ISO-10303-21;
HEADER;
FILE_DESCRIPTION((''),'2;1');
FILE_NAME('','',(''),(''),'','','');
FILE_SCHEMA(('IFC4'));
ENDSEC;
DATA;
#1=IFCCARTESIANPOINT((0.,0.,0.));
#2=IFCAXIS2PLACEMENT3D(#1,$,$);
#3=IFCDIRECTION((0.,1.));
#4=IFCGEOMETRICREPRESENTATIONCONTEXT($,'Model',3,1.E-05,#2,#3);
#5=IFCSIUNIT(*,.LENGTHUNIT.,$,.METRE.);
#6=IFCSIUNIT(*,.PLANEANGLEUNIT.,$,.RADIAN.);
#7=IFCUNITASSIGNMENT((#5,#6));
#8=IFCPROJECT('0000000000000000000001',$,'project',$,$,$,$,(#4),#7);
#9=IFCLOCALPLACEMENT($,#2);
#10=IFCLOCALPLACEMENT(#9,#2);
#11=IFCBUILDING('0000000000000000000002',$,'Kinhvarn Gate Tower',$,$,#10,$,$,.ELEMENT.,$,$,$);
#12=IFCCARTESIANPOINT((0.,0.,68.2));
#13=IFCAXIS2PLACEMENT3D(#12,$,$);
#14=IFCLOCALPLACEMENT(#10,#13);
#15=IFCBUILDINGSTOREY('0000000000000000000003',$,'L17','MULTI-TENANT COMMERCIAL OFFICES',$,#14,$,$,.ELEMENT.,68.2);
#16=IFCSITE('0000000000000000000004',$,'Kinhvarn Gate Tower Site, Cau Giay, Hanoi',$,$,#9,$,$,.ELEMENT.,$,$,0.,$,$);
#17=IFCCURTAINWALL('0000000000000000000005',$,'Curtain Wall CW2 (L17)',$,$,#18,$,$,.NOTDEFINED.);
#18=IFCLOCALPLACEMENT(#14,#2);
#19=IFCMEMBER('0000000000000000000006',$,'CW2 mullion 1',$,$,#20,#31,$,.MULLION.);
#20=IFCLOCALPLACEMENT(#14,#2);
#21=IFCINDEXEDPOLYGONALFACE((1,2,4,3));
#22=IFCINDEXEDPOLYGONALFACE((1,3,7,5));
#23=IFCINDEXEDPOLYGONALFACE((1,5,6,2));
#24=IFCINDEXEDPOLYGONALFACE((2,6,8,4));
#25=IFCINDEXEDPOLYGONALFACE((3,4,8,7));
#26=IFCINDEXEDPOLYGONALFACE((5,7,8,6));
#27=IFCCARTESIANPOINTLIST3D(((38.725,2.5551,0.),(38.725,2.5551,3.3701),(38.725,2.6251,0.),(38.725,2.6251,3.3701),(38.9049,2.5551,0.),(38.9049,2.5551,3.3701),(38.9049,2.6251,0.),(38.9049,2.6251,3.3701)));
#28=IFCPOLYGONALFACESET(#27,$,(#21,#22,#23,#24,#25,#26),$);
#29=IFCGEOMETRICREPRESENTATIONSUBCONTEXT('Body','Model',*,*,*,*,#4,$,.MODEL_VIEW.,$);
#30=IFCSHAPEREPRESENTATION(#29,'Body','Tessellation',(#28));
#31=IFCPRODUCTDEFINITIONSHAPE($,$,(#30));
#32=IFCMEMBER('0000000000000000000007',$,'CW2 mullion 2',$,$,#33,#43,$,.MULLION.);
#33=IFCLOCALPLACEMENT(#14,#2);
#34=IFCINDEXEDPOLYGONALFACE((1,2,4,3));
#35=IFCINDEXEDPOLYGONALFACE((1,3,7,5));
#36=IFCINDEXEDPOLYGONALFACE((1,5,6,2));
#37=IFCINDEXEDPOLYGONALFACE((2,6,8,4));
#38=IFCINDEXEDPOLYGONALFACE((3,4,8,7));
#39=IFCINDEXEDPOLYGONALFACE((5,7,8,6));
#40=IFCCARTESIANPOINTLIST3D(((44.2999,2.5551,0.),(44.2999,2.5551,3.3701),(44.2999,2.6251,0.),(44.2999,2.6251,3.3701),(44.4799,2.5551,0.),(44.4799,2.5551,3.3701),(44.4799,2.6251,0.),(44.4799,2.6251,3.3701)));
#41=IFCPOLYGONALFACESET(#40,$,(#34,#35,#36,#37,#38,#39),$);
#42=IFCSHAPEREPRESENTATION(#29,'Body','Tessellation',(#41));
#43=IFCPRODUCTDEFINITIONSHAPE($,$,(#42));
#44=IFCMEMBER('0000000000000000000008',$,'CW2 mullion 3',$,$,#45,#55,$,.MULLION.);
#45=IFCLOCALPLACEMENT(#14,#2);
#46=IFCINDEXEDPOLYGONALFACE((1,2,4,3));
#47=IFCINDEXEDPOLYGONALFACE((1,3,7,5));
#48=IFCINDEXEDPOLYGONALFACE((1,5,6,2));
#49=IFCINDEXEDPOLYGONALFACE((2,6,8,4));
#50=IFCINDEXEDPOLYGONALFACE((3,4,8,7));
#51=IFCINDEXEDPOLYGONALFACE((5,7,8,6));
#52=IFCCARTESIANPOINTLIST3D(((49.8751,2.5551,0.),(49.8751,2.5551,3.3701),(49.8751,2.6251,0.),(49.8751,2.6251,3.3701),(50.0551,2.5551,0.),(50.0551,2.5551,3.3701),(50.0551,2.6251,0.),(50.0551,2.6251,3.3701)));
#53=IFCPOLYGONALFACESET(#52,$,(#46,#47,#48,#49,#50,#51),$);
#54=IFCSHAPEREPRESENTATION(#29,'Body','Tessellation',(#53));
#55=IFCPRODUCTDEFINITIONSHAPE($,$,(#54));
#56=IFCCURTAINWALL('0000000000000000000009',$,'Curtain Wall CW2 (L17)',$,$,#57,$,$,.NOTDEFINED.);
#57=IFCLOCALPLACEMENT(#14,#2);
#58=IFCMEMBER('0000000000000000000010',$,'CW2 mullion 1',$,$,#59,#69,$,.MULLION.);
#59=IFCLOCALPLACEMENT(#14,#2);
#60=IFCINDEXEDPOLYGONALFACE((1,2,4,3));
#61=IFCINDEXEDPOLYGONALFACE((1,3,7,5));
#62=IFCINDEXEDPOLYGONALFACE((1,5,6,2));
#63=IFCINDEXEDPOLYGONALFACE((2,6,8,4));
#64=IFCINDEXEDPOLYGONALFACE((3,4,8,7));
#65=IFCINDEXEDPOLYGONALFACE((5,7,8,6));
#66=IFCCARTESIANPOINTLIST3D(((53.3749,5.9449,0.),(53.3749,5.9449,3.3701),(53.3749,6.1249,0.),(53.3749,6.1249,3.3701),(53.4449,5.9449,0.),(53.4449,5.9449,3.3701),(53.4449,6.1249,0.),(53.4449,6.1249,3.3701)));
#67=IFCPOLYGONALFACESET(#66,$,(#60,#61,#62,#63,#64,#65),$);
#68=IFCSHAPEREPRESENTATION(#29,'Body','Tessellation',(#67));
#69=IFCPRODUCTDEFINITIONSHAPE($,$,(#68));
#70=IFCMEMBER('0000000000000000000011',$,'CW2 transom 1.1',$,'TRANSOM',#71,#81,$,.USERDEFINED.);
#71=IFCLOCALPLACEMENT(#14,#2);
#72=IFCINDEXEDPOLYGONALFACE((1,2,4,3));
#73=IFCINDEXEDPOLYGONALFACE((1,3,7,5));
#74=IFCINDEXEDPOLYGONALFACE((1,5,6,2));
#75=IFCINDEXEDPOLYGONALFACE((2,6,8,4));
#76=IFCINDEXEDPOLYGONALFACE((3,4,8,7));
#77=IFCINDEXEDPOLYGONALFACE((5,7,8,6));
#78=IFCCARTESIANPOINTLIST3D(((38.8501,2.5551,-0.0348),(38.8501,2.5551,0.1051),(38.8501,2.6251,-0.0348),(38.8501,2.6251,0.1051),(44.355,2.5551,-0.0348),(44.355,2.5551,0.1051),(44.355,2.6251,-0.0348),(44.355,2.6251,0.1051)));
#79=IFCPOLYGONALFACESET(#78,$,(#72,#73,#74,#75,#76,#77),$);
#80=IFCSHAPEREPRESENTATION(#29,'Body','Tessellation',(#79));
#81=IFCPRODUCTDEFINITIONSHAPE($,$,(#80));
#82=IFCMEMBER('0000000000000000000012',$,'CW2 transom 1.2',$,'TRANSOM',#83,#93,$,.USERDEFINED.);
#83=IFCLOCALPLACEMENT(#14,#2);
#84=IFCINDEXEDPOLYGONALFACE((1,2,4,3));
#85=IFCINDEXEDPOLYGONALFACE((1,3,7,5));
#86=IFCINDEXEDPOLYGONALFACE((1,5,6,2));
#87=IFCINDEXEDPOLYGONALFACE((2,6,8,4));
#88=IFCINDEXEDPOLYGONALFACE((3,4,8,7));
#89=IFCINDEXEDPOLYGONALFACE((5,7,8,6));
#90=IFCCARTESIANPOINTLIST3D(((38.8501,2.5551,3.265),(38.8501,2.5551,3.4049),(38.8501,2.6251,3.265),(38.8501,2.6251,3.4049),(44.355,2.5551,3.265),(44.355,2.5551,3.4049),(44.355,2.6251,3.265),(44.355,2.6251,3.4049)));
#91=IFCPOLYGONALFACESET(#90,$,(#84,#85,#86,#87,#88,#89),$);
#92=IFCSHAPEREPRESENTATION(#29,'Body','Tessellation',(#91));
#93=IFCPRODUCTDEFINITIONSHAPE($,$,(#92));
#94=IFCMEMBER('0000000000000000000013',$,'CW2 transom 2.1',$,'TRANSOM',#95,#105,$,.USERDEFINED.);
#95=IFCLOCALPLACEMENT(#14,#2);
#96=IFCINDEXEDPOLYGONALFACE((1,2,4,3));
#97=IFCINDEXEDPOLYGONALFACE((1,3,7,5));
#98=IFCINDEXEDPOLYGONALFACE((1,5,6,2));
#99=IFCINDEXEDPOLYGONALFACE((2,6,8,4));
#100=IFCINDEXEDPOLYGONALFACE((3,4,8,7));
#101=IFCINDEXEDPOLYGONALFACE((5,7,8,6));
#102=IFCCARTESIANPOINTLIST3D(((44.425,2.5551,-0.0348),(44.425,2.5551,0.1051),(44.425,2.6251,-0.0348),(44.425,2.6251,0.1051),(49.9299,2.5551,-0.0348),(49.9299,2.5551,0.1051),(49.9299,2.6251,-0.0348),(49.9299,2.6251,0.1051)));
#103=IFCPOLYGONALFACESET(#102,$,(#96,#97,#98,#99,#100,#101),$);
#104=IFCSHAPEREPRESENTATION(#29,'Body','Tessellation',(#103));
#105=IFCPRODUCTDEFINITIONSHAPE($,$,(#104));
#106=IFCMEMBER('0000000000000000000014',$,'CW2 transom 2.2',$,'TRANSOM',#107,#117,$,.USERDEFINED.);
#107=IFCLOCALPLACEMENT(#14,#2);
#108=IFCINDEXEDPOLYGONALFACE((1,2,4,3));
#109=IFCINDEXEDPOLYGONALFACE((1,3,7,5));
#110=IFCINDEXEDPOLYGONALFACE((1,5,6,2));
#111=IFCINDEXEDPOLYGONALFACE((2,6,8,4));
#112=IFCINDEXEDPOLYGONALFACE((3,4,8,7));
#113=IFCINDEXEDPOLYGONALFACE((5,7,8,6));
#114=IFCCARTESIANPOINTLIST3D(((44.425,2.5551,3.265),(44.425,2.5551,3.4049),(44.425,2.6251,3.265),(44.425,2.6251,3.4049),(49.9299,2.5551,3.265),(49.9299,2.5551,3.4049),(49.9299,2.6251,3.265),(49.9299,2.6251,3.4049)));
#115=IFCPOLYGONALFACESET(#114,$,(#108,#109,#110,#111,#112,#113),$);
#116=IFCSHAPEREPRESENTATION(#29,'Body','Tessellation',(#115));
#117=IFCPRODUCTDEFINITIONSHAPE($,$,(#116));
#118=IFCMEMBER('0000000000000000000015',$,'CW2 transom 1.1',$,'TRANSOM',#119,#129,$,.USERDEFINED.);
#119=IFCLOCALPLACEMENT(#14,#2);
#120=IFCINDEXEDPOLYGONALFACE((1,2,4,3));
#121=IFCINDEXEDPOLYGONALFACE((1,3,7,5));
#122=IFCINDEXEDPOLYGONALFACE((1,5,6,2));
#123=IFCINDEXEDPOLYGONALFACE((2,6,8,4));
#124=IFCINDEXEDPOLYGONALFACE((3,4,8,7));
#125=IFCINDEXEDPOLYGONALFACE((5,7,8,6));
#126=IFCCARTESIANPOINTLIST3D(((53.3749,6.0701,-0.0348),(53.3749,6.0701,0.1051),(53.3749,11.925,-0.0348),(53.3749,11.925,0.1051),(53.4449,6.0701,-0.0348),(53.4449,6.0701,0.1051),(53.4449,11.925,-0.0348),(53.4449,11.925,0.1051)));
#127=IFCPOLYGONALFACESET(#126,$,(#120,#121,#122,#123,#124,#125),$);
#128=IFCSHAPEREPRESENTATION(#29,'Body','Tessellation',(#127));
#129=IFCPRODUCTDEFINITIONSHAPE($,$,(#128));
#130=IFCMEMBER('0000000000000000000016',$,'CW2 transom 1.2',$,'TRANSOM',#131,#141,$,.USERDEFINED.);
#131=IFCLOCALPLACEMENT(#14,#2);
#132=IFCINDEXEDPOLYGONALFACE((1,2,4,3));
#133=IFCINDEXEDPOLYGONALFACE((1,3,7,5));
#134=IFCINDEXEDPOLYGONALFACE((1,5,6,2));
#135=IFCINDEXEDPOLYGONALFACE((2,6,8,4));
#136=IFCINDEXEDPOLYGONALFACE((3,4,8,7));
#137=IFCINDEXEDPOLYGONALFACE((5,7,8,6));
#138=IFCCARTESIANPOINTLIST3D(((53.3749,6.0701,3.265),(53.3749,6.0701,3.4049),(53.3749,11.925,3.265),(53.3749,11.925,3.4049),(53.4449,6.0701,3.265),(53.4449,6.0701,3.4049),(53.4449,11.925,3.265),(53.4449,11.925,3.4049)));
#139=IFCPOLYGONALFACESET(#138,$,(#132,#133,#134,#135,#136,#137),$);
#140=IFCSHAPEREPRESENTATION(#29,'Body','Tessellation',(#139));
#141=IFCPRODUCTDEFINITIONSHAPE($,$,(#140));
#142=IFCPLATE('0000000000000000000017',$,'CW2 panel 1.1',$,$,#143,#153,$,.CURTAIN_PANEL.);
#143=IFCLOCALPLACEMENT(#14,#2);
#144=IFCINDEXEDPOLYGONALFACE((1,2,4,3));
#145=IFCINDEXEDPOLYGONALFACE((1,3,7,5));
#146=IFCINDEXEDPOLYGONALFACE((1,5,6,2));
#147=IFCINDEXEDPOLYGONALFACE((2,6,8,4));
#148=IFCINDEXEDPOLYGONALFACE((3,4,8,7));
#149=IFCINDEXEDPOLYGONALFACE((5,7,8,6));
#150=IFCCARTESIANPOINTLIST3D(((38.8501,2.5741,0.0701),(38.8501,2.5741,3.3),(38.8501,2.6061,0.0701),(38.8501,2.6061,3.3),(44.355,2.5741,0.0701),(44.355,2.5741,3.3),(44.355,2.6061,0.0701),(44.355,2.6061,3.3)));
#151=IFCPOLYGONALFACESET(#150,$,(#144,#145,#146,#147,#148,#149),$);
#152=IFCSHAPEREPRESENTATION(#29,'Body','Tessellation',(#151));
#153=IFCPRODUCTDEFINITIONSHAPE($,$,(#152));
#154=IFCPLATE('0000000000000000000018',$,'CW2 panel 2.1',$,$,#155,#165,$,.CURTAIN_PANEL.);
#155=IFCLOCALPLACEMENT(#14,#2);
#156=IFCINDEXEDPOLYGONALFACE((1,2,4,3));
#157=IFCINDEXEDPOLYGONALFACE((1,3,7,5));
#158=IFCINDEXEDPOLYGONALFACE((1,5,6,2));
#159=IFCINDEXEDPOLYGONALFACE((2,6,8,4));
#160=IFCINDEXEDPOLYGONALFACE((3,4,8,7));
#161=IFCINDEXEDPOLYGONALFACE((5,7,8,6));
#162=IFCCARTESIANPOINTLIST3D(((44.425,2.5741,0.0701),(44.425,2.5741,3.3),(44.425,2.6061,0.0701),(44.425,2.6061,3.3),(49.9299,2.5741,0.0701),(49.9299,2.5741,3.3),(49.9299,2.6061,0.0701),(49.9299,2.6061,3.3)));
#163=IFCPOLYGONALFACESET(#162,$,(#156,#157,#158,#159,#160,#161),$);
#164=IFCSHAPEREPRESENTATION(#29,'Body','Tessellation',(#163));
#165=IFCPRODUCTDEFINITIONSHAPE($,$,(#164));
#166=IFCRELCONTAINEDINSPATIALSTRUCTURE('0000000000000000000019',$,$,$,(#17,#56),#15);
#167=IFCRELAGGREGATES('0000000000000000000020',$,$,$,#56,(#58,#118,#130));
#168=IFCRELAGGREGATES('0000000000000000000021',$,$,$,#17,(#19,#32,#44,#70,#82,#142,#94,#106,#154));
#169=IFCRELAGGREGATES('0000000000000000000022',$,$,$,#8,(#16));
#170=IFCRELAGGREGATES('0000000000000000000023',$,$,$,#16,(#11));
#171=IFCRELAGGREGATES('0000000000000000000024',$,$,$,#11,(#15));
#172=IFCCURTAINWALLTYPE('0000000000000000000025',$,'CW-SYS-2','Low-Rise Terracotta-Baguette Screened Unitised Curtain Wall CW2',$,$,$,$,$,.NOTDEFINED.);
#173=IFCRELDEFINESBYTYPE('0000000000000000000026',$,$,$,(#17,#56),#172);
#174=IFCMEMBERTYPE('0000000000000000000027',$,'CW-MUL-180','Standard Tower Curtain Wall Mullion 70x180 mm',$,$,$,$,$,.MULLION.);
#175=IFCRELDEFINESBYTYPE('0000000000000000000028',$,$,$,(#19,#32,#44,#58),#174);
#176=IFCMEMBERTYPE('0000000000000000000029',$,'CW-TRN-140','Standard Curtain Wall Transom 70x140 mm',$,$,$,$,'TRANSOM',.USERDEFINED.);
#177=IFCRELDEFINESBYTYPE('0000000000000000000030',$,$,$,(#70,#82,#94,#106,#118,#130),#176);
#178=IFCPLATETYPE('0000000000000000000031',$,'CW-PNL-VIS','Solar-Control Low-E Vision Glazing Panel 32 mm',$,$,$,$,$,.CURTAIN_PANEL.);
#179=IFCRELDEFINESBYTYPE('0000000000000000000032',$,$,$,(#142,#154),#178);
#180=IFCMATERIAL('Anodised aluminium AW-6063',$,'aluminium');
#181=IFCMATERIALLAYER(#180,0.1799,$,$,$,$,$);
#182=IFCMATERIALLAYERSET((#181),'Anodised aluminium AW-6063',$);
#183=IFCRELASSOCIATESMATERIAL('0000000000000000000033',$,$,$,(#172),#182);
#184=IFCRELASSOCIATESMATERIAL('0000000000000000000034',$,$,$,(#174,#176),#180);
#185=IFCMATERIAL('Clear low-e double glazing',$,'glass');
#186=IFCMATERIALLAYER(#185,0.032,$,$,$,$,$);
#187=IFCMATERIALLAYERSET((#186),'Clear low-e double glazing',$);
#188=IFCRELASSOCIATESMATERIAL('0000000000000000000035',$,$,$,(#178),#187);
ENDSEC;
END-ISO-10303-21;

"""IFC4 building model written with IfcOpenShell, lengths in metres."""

from ifc_helpers import new_model, si_unit, direction, frame, origin, origin_2d, place, context, subcontext, project, spatial, rectangle, extrude, material, layer, layer_set, material_profile, profile_set, type_object, element, aggregate, save


model = new_model("IFC4")

# Units and contexts
model_context = context("Model", 3, precision=1e-05, world=origin(), true_north=direction((0.0, 1.0)))
body_context = subcontext(model_context, "Body", "Model", "MODEL_VIEW")
ifc_project = project(units=[si_unit("LENGTHUNIT", "METRE"), si_unit("PLANEANGLEUNIT", "RADIAN")], contexts=[model_context])

# Site, building, storey
site_placement = place(None, origin())
site = spatial("IfcSite", under=ifc_project, at=site_placement, Name="Kinhvarn Gate Tower Site, Cau Giay, Hanoi", CompositionType="ELEMENT", RefElevation=0.0)
building_placement = place(site_placement, origin())
building = spatial("IfcBuilding", under=site, at=building_placement, Name="Kinhvarn Gate Tower", CompositionType="ELEMENT")
storey_placement = place(building_placement, frame((0.0, 0.0, 68.2)))
storey = spatial("IfcBuildingStorey", under=building, at=storey_placement, Name="L17", Description="MULTI-TENANT COMMERCIAL OFFICES", CompositionType="ELEMENT", Elevation=68.2)

# Curtain wall, members
ifc_material_1 = material(Name="Anodised aluminium AW-6063", Category="aluminium")
ifc_layer_1 = layer(ifc_material_1, 0.1799)
ifc_layer_set_1 = layer_set([ifc_layer_1], Name="Anodised aluminium AW-6063")
curtain_wall_type = type_object("IfcCurtainWallType", Name="CW-SYS-2", Description="Low-Rise Terracotta-Baguette Screened Unitised Curtain Wall CW2", PredefinedType="NOTDEFINED", material=ifc_layer_set_1)
curtain_wall_1_placement = place(storey_placement, origin())
curtain_wall_1 = element("IfcCurtainWall", 1, at=curtain_wall_1_placement, inside=storey, type_object=curtain_wall_type, Name="Curtain Wall CW2 (L17)", PredefinedType="NOTDEFINED")
ifc_material_profile_1 = material_profile(ifc_material_1, rectangle(XDim=0.0701, YDim=0.1799, at=origin_2d()), Name="ALU 70x180")
ifc_profile_set_1 = profile_set([ifc_material_profile_1], Name="Anodised aluminium AW-6063")
member_type_1 = type_object("IfcMemberType", Name="CW-MUL-180", Description="Standard Tower Curtain Wall Mullion 70x180 mm", PredefinedType="MULLION", material=ifc_profile_set_1)
member_1_placement = place(storey_placement, frame((38.8149, 2.5901, 0.0), z_axis=(0.0, 0.0, 1.0), x_axis=(0.0, 1.0, 0.0)))
member_1 = element("IfcMember", 2, at=member_1_placement, type_object=member_type_1, Name="CW2 mullion 1", PredefinedType="MULLION", context=body_context, shape_type="SweptSolid", body=[
    extrude(rectangle(XDim=0.0701, YDim=0.1799, at=origin_2d()), origin(), (0.0, 0.0, 1.0), 3.3701),
])
member_2_placement = place(storey_placement, frame((44.3899, 2.5901, 0.0), z_axis=(0.0, 0.0, 1.0), x_axis=(0.0, 1.0, 0.0)))
member_2 = element("IfcMember", 3, at=member_2_placement, type_object=member_type_1, Name="CW2 mullion 2", PredefinedType="MULLION", context=body_context, shape_type="SweptSolid", body=[
    extrude(rectangle(XDim=0.0701, YDim=0.1799, at=origin_2d()), origin(), (0.0, 0.0, 1.0), 3.3701),
])
member_3_placement = place(storey_placement, frame((49.9651, 2.5901, 0.0), z_axis=(0.0, 0.0, 1.0), x_axis=(0.0, 1.0, 0.0)))
member_3 = element("IfcMember", 4, at=member_3_placement, type_object=member_type_1, Name="CW2 mullion 3", PredefinedType="MULLION", context=body_context, shape_type="SweptSolid", body=[
    extrude(rectangle(XDim=0.0701, YDim=0.1799, at=origin_2d()), origin(), (0.0, 0.0, 1.0), 3.3701),
])

# Curtain wall, member
curtain_wall_2_placement = place(storey_placement, origin())
curtain_wall_2 = element("IfcCurtainWall", 5, at=curtain_wall_2_placement, inside=storey, type_object=curtain_wall_type, Name="Curtain Wall CW2 (L17)", PredefinedType="NOTDEFINED")
member_4_placement = place(storey_placement, frame((53.4099, 6.0349, 0.0), z_axis=(0.0, 0.0, 1.0), x_axis=(-1.0, 0.0, 0.0)))
member_4 = element("IfcMember", 6, at=member_4_placement, type_object=member_type_1, Name="CW2 mullion 1", PredefinedType="MULLION", context=body_context, shape_type="SweptSolid", body=[
    extrude(rectangle(XDim=0.0701, YDim=0.1799, at=origin_2d()), origin(), (0.0, 0.0, 1.0), 3.3701),
])

# Members
ifc_material_profile_2 = material_profile(ifc_material_1, rectangle(XDim=0.0701, YDim=0.1399, at=origin_2d()), Name="ALU 70x140")
ifc_profile_set_2 = profile_set([ifc_material_profile_2], Name="Anodised aluminium AW-6063")
member_type_2 = type_object("IfcMemberType", Name="CW-TRN-140", Description="Standard Curtain Wall Transom 70x140 mm", ElementType="TRANSOM", PredefinedType="USERDEFINED", material=ifc_profile_set_2)
member_5_placement = place(storey_placement, frame((38.8501, 2.5901, 0.0352), z_axis=(1.0, 0.0, 0.0), x_axis=(0.0, 1.0, 0.0)))
member_5 = element("IfcMember", 7, at=member_5_placement, type_object=member_type_2, Name="CW2 transom 1.1", ObjectType="TRANSOM", PredefinedType="USERDEFINED", context=body_context, shape_type="SweptSolid", body=[
    extrude(rectangle(XDim=0.0701, YDim=0.1399, at=origin_2d()), origin(), (0.0, 0.0, 1.0), 5.5049),
])
member_6_placement = place(storey_placement, frame((38.8501, 2.5901, 3.335), z_axis=(1.0, 0.0, 0.0), x_axis=(0.0, 1.0, 0.0)))
member_6 = element("IfcMember", 8, at=member_6_placement, type_object=member_type_2, Name="CW2 transom 1.2", ObjectType="TRANSOM", PredefinedType="USERDEFINED", context=body_context, shape_type="SweptSolid", body=[
    extrude(rectangle(XDim=0.0701, YDim=0.1399, at=origin_2d()), origin(), (0.0, 0.0, 1.0), 5.5049),
])
member_7_placement = place(storey_placement, frame((44.425, 2.5901, 0.0352), z_axis=(1.0, 0.0, 0.0), x_axis=(0.0, 1.0, 0.0)))
member_7 = element("IfcMember", 9, at=member_7_placement, type_object=member_type_2, Name="CW2 transom 2.1", ObjectType="TRANSOM", PredefinedType="USERDEFINED", context=body_context, shape_type="SweptSolid", body=[
    extrude(rectangle(XDim=0.0701, YDim=0.1399, at=origin_2d()), origin(), (0.0, 0.0, 1.0), 5.5049),
])
member_8_placement = place(storey_placement, frame((44.425, 2.5901, 3.335), z_axis=(1.0, 0.0, 0.0), x_axis=(0.0, 1.0, 0.0)))
member_8 = element("IfcMember", 10, at=member_8_placement, type_object=member_type_2, Name="CW2 transom 2.2", ObjectType="TRANSOM", PredefinedType="USERDEFINED", context=body_context, shape_type="SweptSolid", body=[
    extrude(rectangle(XDim=0.0701, YDim=0.1399, at=origin_2d()), origin(), (0.0, 0.0, 1.0), 5.5049),
])
member_9_placement = place(storey_placement, frame((53.4099, 6.0701, 0.0352), z_axis=(0.0, 1.0, 0.0), x_axis=(-1.0, 0.0, 0.0)))
member_9 = element("IfcMember", 11, at=member_9_placement, type_object=member_type_2, Name="CW2 transom 1.1", ObjectType="TRANSOM", PredefinedType="USERDEFINED", context=body_context, shape_type="SweptSolid", body=[
    extrude(rectangle(XDim=0.0701, YDim=0.1399, at=origin_2d()), origin(), (0.0, 0.0, 1.0), 5.855),
])
member_10_placement = place(storey_placement, frame((53.4099, 6.0701, 3.335), z_axis=(0.0, 1.0, 0.0), x_axis=(-1.0, 0.0, 0.0)))
member_10 = element("IfcMember", 12, at=member_10_placement, type_object=member_type_2, Name="CW2 transom 1.2", ObjectType="TRANSOM", PredefinedType="USERDEFINED", context=body_context, shape_type="SweptSolid", body=[
    extrude(rectangle(XDim=0.0701, YDim=0.1399, at=origin_2d()), origin(), (0.0, 0.0, 1.0), 5.855),
])
aggregate(curtain_wall_2, [member_4, member_9, member_10])

# Plates
ifc_material_2 = material(Name="Clear low-e double glazing", Category="glass")
ifc_layer_2 = layer(ifc_material_2, 0.032)
ifc_layer_set_2 = layer_set([ifc_layer_2], Name="Clear low-e double glazing")
plate_type = type_object("IfcPlateType", Name="CW-PNL-VIS", Description="Solar-Control Low-E Vision Glazing Panel 32 mm", PredefinedType="CURTAIN_PANEL", material=ifc_layer_set_2)
plate_1_placement = place(storey_placement, frame((41.6025, 2.5901, 0.0701), z_axis=(0.0, 0.0, 1.0), x_axis=(1.0, 0.0, 0.0)))
plate_1 = element("IfcPlate", 13, at=plate_1_placement, type_object=plate_type, Name="CW2 panel 1.1", PredefinedType="CURTAIN_PANEL", context=body_context, shape_type="SweptSolid", body=[
    extrude(rectangle(XDim=5.5049, YDim=0.032, at=origin_2d()), origin(), (0.0, 0.0, 1.0), 3.23),
])
plate_2_placement = place(storey_placement, frame((47.1775, 2.5901, 0.0701), z_axis=(0.0, 0.0, 1.0), x_axis=(1.0, 0.0, 0.0)))
plate_2 = element("IfcPlate", 14, at=plate_2_placement, type_object=plate_type, Name="CW2 panel 2.1", PredefinedType="CURTAIN_PANEL", context=body_context, shape_type="SweptSolid", body=[
    extrude(rectangle(XDim=5.5049, YDim=0.032, at=origin_2d()), origin(), (0.0, 0.0, 1.0), 3.23),
])
aggregate(curtain_wall_1, [member_1, member_2, member_3, member_5, member_6, plate_1, member_7, member_8, plate_2])

save(model, "model.ifc")
